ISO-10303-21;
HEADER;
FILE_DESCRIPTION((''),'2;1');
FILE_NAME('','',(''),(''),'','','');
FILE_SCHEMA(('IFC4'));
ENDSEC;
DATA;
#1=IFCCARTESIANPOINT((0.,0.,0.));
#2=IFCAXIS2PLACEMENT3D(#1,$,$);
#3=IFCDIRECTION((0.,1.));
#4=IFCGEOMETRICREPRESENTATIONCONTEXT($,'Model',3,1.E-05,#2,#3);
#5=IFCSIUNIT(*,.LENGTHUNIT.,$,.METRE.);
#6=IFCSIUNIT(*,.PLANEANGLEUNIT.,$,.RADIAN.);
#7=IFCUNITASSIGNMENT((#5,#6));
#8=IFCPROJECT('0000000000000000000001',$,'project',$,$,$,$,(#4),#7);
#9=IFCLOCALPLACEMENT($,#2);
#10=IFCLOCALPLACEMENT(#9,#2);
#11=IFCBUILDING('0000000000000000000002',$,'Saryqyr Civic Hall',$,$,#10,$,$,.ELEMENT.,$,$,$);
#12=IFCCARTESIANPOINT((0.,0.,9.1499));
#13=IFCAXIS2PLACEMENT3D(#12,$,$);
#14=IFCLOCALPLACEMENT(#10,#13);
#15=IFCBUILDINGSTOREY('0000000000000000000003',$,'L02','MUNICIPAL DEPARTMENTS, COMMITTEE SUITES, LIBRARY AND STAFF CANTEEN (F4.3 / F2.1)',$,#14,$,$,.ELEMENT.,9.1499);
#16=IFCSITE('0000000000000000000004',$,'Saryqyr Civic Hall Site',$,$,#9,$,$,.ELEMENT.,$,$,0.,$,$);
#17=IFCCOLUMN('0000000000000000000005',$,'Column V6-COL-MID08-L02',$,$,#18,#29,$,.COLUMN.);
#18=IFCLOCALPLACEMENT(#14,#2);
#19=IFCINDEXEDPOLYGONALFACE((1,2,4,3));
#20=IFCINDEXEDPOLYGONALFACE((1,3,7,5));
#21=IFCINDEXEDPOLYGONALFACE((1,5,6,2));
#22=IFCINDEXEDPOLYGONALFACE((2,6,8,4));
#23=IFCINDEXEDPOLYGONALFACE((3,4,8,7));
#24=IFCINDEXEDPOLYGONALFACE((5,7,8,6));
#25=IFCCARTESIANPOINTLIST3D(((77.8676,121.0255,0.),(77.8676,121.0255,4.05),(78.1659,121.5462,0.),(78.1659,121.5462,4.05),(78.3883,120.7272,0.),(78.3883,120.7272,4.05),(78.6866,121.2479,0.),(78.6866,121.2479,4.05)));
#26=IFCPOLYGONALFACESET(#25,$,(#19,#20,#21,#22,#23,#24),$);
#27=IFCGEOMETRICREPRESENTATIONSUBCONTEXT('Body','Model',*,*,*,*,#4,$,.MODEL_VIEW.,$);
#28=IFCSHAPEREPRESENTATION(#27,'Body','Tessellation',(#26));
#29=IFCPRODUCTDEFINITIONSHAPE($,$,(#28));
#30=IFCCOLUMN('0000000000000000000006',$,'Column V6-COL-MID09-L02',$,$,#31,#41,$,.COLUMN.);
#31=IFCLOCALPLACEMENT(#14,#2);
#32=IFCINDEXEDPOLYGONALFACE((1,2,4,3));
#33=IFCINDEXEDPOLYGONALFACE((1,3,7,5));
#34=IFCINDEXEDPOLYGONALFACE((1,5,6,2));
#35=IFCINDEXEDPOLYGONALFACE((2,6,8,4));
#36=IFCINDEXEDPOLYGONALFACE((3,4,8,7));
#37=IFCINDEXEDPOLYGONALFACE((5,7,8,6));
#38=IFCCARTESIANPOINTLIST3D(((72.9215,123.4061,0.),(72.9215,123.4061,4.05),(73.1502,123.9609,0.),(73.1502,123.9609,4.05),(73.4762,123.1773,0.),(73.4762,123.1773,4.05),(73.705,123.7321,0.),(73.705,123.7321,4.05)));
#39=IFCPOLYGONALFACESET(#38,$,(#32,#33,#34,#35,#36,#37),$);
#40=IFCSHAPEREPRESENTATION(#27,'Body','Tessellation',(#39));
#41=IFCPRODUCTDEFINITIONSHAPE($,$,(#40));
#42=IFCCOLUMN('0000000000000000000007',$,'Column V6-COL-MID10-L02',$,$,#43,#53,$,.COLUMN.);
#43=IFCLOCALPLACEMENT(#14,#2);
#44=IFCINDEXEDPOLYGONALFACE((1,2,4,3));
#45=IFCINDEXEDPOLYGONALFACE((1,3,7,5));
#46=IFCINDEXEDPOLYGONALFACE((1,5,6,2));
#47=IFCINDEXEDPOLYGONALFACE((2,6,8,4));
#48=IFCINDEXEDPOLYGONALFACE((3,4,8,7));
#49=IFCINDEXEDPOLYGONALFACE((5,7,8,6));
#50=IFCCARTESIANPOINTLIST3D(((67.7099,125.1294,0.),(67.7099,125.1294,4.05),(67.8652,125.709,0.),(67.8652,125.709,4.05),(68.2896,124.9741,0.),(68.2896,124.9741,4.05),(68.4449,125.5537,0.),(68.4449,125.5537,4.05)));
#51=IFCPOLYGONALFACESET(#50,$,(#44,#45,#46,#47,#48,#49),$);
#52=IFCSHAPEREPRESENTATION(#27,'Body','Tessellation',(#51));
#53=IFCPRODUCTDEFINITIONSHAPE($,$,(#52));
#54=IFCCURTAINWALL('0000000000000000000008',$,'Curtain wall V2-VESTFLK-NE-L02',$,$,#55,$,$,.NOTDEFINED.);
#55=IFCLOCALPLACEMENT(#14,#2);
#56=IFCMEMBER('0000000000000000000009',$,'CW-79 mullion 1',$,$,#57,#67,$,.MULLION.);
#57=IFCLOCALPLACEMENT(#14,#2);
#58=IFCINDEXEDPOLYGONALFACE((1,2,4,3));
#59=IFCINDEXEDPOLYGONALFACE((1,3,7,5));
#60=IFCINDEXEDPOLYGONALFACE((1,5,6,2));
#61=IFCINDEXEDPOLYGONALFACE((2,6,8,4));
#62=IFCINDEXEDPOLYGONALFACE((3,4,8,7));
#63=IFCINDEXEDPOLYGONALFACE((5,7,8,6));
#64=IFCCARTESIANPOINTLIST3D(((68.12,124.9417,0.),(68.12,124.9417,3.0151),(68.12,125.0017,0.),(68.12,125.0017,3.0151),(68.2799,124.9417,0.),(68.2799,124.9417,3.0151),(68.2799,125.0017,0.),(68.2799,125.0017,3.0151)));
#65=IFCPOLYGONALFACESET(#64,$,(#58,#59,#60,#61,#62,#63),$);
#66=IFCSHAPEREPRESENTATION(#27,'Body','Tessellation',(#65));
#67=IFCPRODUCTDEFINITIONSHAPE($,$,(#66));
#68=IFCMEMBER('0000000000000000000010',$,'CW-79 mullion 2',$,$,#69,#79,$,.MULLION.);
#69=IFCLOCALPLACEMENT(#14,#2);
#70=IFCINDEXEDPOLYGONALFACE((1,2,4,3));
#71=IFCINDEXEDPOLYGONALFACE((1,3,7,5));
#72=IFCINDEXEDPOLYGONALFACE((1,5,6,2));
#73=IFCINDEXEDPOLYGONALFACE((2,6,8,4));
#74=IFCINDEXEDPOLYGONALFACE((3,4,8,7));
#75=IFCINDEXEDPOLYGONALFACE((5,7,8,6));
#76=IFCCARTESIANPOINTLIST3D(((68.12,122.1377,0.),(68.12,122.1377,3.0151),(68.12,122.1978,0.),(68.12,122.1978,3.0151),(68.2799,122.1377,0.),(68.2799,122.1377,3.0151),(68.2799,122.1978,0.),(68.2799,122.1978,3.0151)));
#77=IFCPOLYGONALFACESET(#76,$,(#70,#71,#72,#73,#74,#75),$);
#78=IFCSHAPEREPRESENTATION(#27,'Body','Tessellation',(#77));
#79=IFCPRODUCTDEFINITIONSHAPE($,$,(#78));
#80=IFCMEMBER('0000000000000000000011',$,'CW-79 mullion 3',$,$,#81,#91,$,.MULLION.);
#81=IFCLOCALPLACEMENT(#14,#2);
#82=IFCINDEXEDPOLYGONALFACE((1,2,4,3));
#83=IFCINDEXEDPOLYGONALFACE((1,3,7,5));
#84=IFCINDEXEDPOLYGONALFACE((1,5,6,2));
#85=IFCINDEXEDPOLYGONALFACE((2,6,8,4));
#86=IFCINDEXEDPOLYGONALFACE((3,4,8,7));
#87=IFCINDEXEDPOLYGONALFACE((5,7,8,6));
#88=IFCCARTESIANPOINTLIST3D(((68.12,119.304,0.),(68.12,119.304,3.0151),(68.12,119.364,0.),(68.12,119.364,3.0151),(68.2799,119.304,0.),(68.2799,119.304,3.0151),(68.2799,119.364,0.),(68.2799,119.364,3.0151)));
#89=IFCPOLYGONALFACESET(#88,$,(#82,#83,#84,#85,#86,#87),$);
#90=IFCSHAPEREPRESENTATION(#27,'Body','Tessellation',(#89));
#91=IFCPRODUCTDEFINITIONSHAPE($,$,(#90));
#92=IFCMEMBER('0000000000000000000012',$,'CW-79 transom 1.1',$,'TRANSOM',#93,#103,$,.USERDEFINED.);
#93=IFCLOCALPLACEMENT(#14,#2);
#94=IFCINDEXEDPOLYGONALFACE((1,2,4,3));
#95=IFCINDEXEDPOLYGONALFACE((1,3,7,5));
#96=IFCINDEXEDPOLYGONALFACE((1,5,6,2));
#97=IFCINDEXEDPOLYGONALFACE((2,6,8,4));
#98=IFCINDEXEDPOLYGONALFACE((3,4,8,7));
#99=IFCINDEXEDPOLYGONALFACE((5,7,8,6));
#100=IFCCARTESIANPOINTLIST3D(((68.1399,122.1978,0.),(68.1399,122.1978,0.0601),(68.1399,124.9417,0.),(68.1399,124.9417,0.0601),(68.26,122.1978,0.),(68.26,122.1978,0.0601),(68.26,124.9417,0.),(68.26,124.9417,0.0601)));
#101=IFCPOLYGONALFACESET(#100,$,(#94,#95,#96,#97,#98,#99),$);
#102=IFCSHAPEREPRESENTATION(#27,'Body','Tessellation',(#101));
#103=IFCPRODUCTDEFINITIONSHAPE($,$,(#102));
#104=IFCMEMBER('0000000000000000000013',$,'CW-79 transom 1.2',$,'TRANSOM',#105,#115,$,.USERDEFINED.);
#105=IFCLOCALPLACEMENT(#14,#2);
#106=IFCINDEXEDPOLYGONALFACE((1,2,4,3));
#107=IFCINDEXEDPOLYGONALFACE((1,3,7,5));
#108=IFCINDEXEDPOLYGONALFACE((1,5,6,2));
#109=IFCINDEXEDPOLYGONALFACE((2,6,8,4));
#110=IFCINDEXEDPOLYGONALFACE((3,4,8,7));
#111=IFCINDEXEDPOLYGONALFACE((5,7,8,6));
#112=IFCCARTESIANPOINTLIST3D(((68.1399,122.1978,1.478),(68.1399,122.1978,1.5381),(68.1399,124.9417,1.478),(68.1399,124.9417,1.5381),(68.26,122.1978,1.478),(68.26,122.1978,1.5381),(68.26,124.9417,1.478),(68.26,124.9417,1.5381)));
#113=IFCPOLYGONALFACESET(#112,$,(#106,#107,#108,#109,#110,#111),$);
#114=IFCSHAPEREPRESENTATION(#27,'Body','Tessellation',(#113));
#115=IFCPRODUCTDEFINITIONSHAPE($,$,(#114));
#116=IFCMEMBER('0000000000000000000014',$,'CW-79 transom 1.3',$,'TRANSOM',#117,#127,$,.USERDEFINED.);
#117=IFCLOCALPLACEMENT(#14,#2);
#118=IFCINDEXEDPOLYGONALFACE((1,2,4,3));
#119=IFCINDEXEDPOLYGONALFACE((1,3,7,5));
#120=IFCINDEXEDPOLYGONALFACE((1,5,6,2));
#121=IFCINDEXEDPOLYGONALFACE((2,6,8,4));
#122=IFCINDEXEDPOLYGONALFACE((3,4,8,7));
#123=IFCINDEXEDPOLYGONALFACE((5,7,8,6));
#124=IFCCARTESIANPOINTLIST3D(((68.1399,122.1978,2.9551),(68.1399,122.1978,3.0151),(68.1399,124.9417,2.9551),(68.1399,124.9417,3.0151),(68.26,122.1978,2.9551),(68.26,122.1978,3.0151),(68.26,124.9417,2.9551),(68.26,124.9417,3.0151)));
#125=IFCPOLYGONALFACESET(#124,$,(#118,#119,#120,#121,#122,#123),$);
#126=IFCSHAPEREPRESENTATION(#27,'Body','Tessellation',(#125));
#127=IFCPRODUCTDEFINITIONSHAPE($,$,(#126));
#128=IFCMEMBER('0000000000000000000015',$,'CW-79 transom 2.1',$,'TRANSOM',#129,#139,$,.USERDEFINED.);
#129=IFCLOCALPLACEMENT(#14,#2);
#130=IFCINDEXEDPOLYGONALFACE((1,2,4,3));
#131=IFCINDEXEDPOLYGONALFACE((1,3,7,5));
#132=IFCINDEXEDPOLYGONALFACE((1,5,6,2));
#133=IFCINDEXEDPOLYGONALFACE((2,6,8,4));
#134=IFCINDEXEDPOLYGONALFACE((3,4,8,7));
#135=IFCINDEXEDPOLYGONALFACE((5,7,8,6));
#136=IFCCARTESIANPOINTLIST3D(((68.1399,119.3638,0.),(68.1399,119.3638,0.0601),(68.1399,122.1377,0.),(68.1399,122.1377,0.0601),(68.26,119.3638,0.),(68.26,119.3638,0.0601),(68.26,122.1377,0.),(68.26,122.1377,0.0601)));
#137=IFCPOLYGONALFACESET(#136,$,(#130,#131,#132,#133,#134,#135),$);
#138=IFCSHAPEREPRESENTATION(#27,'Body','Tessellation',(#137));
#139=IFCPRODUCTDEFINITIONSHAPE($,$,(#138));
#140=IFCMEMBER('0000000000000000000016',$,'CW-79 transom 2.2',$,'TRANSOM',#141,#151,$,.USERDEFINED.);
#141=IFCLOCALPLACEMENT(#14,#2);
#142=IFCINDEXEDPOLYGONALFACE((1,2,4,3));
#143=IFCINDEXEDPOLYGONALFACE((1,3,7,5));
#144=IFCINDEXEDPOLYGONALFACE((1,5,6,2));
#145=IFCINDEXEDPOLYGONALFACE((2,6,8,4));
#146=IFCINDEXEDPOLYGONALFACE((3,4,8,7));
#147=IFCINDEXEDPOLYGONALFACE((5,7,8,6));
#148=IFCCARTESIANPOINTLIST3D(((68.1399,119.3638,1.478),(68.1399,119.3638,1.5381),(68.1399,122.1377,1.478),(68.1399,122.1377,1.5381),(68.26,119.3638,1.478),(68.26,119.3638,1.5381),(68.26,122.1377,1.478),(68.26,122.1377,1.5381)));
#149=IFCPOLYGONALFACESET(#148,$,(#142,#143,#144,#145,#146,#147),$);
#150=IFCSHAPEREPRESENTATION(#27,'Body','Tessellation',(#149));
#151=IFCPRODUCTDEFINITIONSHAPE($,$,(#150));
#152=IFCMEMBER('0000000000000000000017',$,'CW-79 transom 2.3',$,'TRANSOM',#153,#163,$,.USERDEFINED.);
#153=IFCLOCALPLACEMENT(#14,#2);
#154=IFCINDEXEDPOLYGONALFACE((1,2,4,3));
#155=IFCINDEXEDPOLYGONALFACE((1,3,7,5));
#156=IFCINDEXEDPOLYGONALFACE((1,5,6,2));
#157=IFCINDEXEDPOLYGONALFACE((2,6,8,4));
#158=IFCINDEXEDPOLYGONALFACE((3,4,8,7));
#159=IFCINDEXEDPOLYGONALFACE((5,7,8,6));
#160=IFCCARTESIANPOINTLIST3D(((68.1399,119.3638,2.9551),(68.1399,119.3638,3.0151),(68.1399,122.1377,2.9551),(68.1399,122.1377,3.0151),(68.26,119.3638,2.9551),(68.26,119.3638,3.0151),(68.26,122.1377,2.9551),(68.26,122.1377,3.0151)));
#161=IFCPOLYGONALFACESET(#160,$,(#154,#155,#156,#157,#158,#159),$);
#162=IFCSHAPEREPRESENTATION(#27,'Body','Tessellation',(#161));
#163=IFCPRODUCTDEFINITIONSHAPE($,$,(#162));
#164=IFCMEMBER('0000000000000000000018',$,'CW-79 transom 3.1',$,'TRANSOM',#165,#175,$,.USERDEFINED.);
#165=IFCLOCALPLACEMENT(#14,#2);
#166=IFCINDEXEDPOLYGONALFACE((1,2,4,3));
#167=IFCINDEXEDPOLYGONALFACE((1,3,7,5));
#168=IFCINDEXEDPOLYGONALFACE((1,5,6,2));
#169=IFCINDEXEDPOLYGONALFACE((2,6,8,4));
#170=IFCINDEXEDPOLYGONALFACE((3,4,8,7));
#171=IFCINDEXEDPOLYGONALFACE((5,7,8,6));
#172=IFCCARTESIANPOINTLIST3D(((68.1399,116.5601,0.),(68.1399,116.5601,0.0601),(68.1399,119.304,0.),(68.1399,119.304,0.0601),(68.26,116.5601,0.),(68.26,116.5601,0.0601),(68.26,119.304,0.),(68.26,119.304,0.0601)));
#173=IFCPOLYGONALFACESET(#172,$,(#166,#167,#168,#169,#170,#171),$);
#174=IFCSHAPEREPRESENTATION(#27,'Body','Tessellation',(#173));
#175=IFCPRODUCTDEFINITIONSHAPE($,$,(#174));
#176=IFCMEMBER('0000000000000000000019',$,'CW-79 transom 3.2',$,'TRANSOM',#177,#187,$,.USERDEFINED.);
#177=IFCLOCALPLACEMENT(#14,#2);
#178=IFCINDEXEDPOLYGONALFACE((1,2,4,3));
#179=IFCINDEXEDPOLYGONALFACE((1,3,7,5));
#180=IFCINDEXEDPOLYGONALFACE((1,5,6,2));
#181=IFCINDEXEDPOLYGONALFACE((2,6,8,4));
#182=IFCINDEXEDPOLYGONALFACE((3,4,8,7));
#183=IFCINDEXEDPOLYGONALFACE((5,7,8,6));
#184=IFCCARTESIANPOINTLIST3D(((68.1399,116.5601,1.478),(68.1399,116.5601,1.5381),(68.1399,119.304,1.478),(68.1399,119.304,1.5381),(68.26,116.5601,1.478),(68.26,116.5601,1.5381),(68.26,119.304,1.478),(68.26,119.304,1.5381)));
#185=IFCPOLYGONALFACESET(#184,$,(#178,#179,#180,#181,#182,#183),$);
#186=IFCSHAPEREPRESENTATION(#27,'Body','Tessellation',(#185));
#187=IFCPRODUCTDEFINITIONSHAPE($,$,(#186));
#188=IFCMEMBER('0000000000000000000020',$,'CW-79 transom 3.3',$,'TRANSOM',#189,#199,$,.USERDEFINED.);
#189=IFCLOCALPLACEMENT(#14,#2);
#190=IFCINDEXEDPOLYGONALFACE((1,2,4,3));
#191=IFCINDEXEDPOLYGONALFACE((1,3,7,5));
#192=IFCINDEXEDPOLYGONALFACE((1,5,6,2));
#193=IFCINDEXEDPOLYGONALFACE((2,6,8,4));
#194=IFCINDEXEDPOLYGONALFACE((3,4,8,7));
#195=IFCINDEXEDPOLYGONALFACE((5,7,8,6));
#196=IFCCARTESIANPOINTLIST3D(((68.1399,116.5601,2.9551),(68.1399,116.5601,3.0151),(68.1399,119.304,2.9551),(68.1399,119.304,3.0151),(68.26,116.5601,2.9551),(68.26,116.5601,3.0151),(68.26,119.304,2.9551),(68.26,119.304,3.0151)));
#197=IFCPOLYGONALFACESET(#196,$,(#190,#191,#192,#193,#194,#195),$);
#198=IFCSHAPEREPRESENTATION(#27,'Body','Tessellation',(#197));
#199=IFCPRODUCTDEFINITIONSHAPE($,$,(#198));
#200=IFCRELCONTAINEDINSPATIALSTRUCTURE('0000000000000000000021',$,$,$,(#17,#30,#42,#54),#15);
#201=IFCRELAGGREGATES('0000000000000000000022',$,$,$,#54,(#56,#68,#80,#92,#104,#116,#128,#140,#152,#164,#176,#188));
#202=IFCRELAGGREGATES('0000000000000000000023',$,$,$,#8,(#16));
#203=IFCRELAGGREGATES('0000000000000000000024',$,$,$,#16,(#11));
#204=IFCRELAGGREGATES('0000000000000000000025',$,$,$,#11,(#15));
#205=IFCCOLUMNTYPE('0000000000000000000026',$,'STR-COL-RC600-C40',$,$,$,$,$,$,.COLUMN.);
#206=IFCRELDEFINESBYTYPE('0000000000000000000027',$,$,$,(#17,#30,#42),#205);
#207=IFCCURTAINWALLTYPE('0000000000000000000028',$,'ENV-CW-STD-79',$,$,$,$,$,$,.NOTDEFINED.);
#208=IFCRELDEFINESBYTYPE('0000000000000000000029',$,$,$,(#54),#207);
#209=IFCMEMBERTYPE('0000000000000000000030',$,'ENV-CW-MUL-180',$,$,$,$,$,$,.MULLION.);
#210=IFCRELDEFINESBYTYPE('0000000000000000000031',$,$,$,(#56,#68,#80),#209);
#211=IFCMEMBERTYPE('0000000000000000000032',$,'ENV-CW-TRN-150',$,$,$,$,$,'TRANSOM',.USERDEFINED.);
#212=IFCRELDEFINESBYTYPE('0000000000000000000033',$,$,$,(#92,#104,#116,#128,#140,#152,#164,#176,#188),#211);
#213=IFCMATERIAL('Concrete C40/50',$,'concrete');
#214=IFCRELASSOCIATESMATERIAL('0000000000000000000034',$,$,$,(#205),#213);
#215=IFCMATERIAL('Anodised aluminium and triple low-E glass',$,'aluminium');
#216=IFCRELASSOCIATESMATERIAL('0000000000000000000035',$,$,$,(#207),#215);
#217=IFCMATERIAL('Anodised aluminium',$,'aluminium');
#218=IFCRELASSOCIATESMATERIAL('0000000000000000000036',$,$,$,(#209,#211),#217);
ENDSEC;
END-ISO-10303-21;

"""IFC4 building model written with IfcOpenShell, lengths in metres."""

from ifc_helpers import new_model, si_unit, direction, frame, origin, origin_2d, place, context, subcontext, project, spatial, rectangle, extrude, material, material_profile, profile_set, type_object, element, aggregate, save


model = new_model("IFC4")

# Units and contexts
model_context = context("Model", 3, precision=1e-05, world=origin(), true_north=direction((0.0, 1.0)))
body_context = subcontext(model_context, "Body", "Model", "MODEL_VIEW")
ifc_project = project(units=[si_unit("LENGTHUNIT", "METRE"), si_unit("PLANEANGLEUNIT", "RADIAN")], contexts=[model_context])

# Site, building, storey
site_placement = place(None, origin())
site = spatial("IfcSite", under=ifc_project, at=site_placement, Name="Saryqyr Civic Hall Site", CompositionType="ELEMENT", RefElevation=0.0)
building_placement = place(site_placement, origin())
building = spatial("IfcBuilding", under=site, at=building_placement, Name="Saryqyr Civic Hall", CompositionType="ELEMENT")
storey_placement = place(building_placement, frame((0.0, 0.0, 9.1499)))
storey = spatial("IfcBuildingStorey", under=building, at=storey_placement, Name="L02", Description="MUNICIPAL DEPARTMENTS, COMMITTEE SUITES, LIBRARY AND STAFF CANTEEN (F4.3 / F2.1)", CompositionType="ELEMENT", Elevation=9.1499)

# Columns
ifc_material_1 = material(Name="Concrete C40/50", Category="concrete")
ifc_material_profile_1 = material_profile(ifc_material_1, rectangle(XDim=0.6001, YDim=0.6001, at=origin_2d()), Name="RC 600x600")
ifc_profile_set_1 = profile_set([ifc_material_profile_1], Name="Concrete C40/50")
column_type = type_object("IfcColumnType", Name="STR-COL-RC600-C40", PredefinedType="COLUMN", material=ifc_profile_set_1)
for number, where, z_axis, x_axis, name in (
    (1, (78.2771, 121.1367, 0.0), (0.0, 0.0, 1.0), (0.497125, 0.867679, 0.0), "Column V6-COL-MID08-L02"),
    (2, (73.3132, 123.5691, 0.0), (0.0, 0.0, 1.0), (0.381232, 0.92448, 0.0), "Column V6-COL-MID09-L02"),
    (3, (68.0774, 125.3416, 0.0), (0.0, 0.0, 1.0), (0.258819, 0.965926, 0.0), "Column V6-COL-MID10-L02"),
):
    element("IfcColumn", number, at=place(storey_placement, frame(where, z_axis=z_axis, x_axis=x_axis)), inside=storey, type_object=column_type, Name=name, PredefinedType="COLUMN", context=body_context, shape_type="SweptSolid", body=[
        extrude(rectangle(XDim=0.6001, YDim=0.6001, at=origin_2d()), origin(), (0.0, 0.0, 1.0), 4.05),
    ])

# Curtain wall, members
ifc_material_2 = material(Name="Anodised aluminium and triple low-E glass", Category="aluminium")
curtain_wall_type = type_object("IfcCurtainWallType", Name="ENV-CW-STD-79", PredefinedType="NOTDEFINED", material=ifc_material_2)
curtain_wall_placement = place(storey_placement, origin())
curtain_wall = element("IfcCurtainWall", 4, at=curtain_wall_placement, inside=storey, type_object=curtain_wall_type, Name="Curtain wall V2-VESTFLK-NE-L02", PredefinedType="NOTDEFINED")
ifc_material_3 = material(Name="Anodised aluminium", Category="aluminium")
ifc_material_profile_2 = material_profile(ifc_material_3, rectangle(XDim=0.0601, YDim=0.1599, at=origin_2d()), Name="ALU MULLION 60x160")
ifc_profile_set_2 = profile_set([ifc_material_profile_2], Name="Anodised aluminium")
member_type_1 = type_object("IfcMemberType", Name="ENV-CW-MUL-180", PredefinedType="MULLION", material=ifc_profile_set_2)
member_1_placement = place(storey_placement, frame((68.2, 124.9717, 0.0), z_axis=(0.0, 0.0, 1.0), x_axis=(0.0, -1.0, 0.0)))
member_1 = element("IfcMember", 5, at=member_1_placement, type_object=member_type_1, Name="CW-79 mullion 1", PredefinedType="MULLION", context=body_context, shape_type="SweptSolid", body=[
    extrude(rectangle(XDim=0.0601, YDim=0.1599, at=origin_2d()), origin(), (0.0, 0.0, 1.0), 3.0151),
])
member_2_placement = place(storey_placement, frame((68.2, 122.1677, 0.0), z_axis=(0.0, 0.0, 1.0), x_axis=(0.0, -1.0, 0.0)))
member_2 = element("IfcMember", 6, at=member_2_placement, type_object=member_type_1, Name="CW-79 mullion 2", PredefinedType="MULLION", context=body_context, shape_type="SweptSolid", body=[
    extrude(rectangle(XDim=0.0601, YDim=0.1599, at=origin_2d()), origin(), (0.0, 0.0, 1.0), 3.0151),
])
member_3_placement = place(storey_placement, frame((68.2, 119.334, 0.0), z_axis=(0.0, 0.0, 1.0), x_axis=(0.0, -1.0, 0.0)))
member_3 = element("IfcMember", 7, at=member_3_placement, type_object=member_type_1, Name="CW-79 mullion 3", PredefinedType="MULLION", context=body_context, shape_type="SweptSolid", body=[
    extrude(rectangle(XDim=0.0601, YDim=0.1599, at=origin_2d()), origin(), (0.0, 0.0, 1.0), 3.0151),
])
ifc_material_profile_3 = material_profile(ifc_material_3, rectangle(XDim=0.1201, YDim=0.0601, at=origin_2d()), Name="ALU TRANSOM 120x60")
ifc_profile_set_3 = profile_set([ifc_material_profile_3], Name="Anodised aluminium")
member_type_2 = type_object("IfcMemberType", Name="ENV-CW-TRN-150", ElementType="TRANSOM", PredefinedType="USERDEFINED", material=ifc_profile_set_3)
member_4_placement = place(storey_placement, frame((68.2, 124.9417, 0.03), z_axis=(0.0, -1.0, 0.0), x_axis=(1.0, 0.0, 0.0)))
member_4 = element("IfcMember", 8, at=member_4_placement, type_object=member_type_2, Name="CW-79 transom 1.1", ObjectType="TRANSOM", PredefinedType="USERDEFINED", context=body_context, shape_type="SweptSolid", body=[
    extrude(rectangle(XDim=0.1201, YDim=0.0601, at=origin_2d()), origin(), (0.0, 0.0, 1.0), 2.7439),
])
member_5_placement = place(storey_placement, frame((68.2, 124.9417, 1.5081), z_axis=(0.0, -1.0, 0.0), x_axis=(1.0, 0.0, 0.0)))
member_5 = element("IfcMember", 9, at=member_5_placement, type_object=member_type_2, Name="CW-79 transom 1.2", ObjectType="TRANSOM", PredefinedType="USERDEFINED", context=body_context, shape_type="SweptSolid", body=[
    extrude(rectangle(XDim=0.1201, YDim=0.0601, at=origin_2d()), origin(), (0.0, 0.0, 1.0), 2.7439),
])
member_6_placement = place(storey_placement, frame((68.2, 124.9417, 2.9851), z_axis=(0.0, -1.0, 0.0), x_axis=(1.0, 0.0, 0.0)))
member_6 = element("IfcMember", 10, at=member_6_placement, type_object=member_type_2, Name="CW-79 transom 1.3", ObjectType="TRANSOM", PredefinedType="USERDEFINED", context=body_context, shape_type="SweptSolid", body=[
    extrude(rectangle(XDim=0.1201, YDim=0.0601, at=origin_2d()), origin(), (0.0, 0.0, 1.0), 2.7439),
])
member_7_placement = place(storey_placement, frame((68.2, 122.1377, 0.03), z_axis=(0.0, -1.0, 0.0), x_axis=(1.0, 0.0, 0.0)))
member_7 = element("IfcMember", 11, at=member_7_placement, type_object=member_type_2, Name="CW-79 transom 2.1", ObjectType="TRANSOM", PredefinedType="USERDEFINED", context=body_context, shape_type="SweptSolid", body=[
    extrude(rectangle(XDim=0.1201, YDim=0.0601, at=origin_2d()), origin(), (0.0, 0.0, 1.0), 2.7739),
])
member_8_placement = place(storey_placement, frame((68.2, 122.1377, 1.5081), z_axis=(0.0, -1.0, 0.0), x_axis=(1.0, 0.0, 0.0)))
member_8 = element("IfcMember", 12, at=member_8_placement, type_object=member_type_2, Name="CW-79 transom 2.2", ObjectType="TRANSOM", PredefinedType="USERDEFINED", context=body_context, shape_type="SweptSolid", body=[
    extrude(rectangle(XDim=0.1201, YDim=0.0601, at=origin_2d()), origin(), (0.0, 0.0, 1.0), 2.7739),
])
member_9_placement = place(storey_placement, frame((68.2, 122.1377, 2.9851), z_axis=(0.0, -1.0, 0.0), x_axis=(1.0, 0.0, 0.0)))
member_9 = element("IfcMember", 13, at=member_9_placement, type_object=member_type_2, Name="CW-79 transom 2.3", ObjectType="TRANSOM", PredefinedType="USERDEFINED", context=body_context, shape_type="SweptSolid", body=[
    extrude(rectangle(XDim=0.1201, YDim=0.0601, at=origin_2d()), origin(), (0.0, 0.0, 1.0), 2.7739),
])
member_10_placement = place(storey_placement, frame((68.2, 119.304, 0.03), z_axis=(0.0, -1.0, 0.0), x_axis=(1.0, 0.0, 0.0)))
member_10 = element("IfcMember", 14, at=member_10_placement, type_object=member_type_2, Name="CW-79 transom 3.1", ObjectType="TRANSOM", PredefinedType="USERDEFINED", context=body_context, shape_type="SweptSolid", body=[
    extrude(rectangle(XDim=0.1201, YDim=0.0601, at=origin_2d()), origin(), (0.0, 0.0, 1.0), 2.7439),
])
member_11_placement = place(storey_placement, frame((68.2, 119.304, 1.5081), z_axis=(0.0, -1.0, 0.0), x_axis=(1.0, 0.0, 0.0)))
member_11 = element("IfcMember", 15, at=member_11_placement, type_object=member_type_2, Name="CW-79 transom 3.2", ObjectType="TRANSOM", PredefinedType="USERDEFINED", context=body_context, shape_type="SweptSolid", body=[
    extrude(rectangle(XDim=0.1201, YDim=0.0601, at=origin_2d()), origin(), (0.0, 0.0, 1.0), 2.7439),
])
member_12_placement = place(storey_placement, frame((68.2, 119.304, 2.9851), z_axis=(0.0, -1.0, 0.0), x_axis=(1.0, 0.0, 0.0)))
member_12 = element("IfcMember", 16, at=member_12_placement, type_object=member_type_2, Name="CW-79 transom 3.3", ObjectType="TRANSOM", PredefinedType="USERDEFINED", context=body_context, shape_type="SweptSolid", body=[
    extrude(rectangle(XDim=0.1201, YDim=0.0601, at=origin_2d()), origin(), (0.0, 0.0, 1.0), 2.7439),
])

aggregate(curtain_wall, [member_1, member_2, member_3, member_4, member_5, member_6, member_7, member_8, member_9, member_10, member_11, member_12])

save(model, "model.ifc")
